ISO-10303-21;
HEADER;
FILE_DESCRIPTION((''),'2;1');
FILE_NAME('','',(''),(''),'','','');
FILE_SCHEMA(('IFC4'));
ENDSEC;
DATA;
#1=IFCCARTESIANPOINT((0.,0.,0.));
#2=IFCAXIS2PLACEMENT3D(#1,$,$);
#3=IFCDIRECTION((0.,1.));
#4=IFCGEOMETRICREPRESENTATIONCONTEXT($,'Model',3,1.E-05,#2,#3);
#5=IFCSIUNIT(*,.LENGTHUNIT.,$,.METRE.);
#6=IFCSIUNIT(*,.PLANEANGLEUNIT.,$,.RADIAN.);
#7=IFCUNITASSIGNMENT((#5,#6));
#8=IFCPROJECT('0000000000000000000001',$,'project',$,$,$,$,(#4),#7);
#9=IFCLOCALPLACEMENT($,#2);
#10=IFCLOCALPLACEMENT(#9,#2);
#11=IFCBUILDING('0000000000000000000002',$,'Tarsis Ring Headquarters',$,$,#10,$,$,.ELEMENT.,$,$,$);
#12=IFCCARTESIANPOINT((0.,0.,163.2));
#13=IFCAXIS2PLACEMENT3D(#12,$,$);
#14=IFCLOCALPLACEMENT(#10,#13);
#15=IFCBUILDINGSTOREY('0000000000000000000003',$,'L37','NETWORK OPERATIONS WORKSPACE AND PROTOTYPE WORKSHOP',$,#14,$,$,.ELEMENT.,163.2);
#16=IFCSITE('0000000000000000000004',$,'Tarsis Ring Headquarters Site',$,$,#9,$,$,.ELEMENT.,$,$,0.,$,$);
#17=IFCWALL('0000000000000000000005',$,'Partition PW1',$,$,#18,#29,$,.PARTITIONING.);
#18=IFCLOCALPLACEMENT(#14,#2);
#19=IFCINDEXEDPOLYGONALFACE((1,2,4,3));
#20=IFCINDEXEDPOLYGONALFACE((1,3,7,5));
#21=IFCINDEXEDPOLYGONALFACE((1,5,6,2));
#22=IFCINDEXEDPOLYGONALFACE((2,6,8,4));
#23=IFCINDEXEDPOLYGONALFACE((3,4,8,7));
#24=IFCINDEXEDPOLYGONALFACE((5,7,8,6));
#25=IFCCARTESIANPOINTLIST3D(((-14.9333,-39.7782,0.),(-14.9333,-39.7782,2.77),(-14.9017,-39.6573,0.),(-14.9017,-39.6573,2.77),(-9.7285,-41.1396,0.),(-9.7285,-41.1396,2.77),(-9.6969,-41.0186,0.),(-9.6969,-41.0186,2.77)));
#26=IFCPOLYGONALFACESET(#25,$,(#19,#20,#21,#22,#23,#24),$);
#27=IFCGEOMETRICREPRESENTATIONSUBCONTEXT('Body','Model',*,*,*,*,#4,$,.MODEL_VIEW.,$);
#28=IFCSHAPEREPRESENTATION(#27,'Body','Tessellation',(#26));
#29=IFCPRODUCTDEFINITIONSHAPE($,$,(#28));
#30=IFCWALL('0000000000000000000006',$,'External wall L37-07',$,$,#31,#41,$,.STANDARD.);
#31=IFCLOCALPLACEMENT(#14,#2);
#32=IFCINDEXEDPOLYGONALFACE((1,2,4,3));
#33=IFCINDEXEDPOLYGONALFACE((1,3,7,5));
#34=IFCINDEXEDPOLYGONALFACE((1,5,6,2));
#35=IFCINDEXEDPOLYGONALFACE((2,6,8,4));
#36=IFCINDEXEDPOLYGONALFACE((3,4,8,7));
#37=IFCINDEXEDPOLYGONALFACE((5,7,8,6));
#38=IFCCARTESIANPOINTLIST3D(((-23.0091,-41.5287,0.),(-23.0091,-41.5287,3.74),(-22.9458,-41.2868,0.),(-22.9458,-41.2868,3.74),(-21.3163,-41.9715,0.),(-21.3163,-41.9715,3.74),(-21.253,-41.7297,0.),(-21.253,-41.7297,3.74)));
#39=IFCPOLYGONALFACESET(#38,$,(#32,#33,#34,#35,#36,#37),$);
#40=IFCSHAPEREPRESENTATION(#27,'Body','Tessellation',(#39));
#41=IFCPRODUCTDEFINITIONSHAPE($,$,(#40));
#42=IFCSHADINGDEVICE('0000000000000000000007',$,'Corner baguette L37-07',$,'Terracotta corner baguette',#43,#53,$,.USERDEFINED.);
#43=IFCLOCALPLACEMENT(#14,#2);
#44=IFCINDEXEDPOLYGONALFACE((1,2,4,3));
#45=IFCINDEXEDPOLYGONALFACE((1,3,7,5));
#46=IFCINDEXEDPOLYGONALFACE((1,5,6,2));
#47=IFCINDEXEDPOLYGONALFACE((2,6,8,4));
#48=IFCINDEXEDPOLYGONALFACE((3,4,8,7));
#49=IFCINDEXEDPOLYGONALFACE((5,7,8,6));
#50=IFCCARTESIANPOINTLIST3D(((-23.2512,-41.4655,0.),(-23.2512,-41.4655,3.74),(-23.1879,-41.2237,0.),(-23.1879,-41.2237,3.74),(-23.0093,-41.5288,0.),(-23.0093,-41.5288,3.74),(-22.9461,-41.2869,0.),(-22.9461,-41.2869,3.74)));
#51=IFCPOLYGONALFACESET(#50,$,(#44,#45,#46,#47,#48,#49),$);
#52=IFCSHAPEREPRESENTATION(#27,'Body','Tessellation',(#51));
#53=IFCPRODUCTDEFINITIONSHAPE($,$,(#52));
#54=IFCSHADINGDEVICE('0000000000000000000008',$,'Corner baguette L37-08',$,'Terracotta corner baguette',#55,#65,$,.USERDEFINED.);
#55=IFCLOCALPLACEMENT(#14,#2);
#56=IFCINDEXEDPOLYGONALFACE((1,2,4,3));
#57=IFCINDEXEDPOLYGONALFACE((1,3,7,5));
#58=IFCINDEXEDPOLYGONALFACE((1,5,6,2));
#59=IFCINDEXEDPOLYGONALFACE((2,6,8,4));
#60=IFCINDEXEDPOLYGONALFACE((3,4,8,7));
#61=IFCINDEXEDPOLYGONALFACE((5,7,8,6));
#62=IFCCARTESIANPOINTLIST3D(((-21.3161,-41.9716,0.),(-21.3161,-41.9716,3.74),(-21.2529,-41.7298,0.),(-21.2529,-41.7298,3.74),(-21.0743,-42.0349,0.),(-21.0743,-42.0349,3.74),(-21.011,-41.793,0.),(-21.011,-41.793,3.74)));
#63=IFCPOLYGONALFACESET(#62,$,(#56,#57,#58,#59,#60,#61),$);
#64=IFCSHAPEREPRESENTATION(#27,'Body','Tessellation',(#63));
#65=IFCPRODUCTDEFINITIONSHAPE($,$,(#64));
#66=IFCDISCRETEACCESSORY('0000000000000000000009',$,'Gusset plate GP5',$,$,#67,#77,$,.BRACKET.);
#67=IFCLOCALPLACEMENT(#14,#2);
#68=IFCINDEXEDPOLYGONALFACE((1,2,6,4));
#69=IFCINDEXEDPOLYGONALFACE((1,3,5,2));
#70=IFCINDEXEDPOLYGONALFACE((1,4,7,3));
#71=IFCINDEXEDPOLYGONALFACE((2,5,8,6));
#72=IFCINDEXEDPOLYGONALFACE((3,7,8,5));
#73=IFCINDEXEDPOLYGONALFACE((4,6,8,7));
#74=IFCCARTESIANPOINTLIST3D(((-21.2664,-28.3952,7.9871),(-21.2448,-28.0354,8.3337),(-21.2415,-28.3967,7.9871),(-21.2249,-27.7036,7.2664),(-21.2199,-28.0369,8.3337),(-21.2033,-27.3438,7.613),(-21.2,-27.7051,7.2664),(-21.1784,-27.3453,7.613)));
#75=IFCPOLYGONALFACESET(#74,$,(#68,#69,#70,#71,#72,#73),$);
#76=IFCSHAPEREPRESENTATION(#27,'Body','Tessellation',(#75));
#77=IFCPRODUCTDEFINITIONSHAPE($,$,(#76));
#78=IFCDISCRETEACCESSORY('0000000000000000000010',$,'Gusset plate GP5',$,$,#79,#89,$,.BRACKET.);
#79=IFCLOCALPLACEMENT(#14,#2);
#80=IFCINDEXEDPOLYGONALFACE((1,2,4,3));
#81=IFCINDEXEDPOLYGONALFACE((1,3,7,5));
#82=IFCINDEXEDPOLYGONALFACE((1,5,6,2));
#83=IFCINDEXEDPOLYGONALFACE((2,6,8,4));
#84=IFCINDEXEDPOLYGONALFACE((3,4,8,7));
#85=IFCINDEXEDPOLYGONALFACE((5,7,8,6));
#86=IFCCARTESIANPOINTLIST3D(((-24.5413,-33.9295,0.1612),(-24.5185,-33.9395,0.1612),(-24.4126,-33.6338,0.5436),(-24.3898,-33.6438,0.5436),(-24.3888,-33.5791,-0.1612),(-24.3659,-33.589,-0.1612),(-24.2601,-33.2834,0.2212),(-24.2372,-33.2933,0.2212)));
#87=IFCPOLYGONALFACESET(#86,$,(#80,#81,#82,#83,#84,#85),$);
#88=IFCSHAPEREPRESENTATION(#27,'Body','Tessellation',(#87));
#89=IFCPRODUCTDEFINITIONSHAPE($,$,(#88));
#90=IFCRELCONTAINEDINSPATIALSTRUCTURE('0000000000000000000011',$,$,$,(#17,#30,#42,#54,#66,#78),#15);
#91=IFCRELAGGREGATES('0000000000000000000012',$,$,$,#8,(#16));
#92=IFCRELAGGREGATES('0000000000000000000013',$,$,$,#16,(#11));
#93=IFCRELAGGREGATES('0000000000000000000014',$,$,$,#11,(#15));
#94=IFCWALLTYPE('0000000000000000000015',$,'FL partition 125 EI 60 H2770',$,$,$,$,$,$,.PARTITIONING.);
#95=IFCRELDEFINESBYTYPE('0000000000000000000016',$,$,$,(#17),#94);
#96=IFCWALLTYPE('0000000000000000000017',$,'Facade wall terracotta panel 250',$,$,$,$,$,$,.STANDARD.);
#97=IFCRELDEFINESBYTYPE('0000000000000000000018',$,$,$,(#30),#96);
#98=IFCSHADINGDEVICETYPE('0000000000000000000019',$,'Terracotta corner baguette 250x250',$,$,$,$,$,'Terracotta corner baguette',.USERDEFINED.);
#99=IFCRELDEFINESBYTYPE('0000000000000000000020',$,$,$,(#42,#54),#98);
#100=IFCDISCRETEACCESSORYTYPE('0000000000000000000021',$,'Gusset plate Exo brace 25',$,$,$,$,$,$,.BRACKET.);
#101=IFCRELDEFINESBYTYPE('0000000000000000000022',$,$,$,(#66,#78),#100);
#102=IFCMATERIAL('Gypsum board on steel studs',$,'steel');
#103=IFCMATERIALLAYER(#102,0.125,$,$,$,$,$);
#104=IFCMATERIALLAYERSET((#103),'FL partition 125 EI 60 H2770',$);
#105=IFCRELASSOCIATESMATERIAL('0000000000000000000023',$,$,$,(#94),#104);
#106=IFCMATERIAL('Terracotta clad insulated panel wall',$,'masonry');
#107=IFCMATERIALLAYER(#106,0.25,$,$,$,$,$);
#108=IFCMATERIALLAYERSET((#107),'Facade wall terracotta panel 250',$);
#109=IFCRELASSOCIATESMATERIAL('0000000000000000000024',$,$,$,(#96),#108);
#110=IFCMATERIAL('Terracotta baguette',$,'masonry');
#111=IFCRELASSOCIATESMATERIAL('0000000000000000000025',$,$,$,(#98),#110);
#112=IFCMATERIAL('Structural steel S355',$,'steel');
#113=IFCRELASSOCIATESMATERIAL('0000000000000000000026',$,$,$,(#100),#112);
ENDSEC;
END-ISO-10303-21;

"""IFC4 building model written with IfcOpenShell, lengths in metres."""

from ifc_helpers import new_model, si_unit, direction, frame, frame_2d, origin, origin_2d, place, context, subcontext, project, spatial, rectangle, extrude, material, layer, layer_set, material_profile, profile_set, type_object, element, save


model = new_model("IFC4")

# Units and contexts
model_context = context("Model", 3, precision=1e-05, world=origin(), true_north=direction((0.0, 1.0)))
body_context = subcontext(model_context, "Body", "Model", "MODEL_VIEW")
ifc_project = project(units=[si_unit("LENGTHUNIT", "METRE"), si_unit("PLANEANGLEUNIT", "RADIAN")], contexts=[model_context])

# Site, building, storey
site_placement = place(None, origin())
site = spatial("IfcSite", under=ifc_project, at=site_placement, Name="Tarsis Ring Headquarters Site", CompositionType="ELEMENT", RefElevation=0.0)
building_placement = place(site_placement, origin())
building = spatial("IfcBuilding", under=site, at=building_placement, Name="Tarsis Ring Headquarters", CompositionType="ELEMENT")
storey_placement = place(building_placement, frame((0.0, 0.0, 163.2)))
storey = spatial("IfcBuildingStorey", under=building, at=storey_placement, Name="L37", Description="NETWORK OPERATIONS WORKSPACE AND PROTOTYPE WORKSHOP", CompositionType="ELEMENT", Elevation=163.2)

# Shared definitions
ifc_material_1 = material(Name="Structural steel S355", Category="steel")

# Shared definitions
ifc_material_2 = material(Name="Gypsum board on steel studs", Category="steel")
ifc_layer_1 = layer(ifc_material_2, 0.125)
ifc_layer_set_1 = layer_set([ifc_layer_1], Name="FL partition 125 EI 60 H2770")
wall_type_1 = type_object("IfcWallType", Name="FL partition 125 EI 60 H2770", PredefinedType="PARTITIONING", material=ifc_layer_set_1)

# Walls
wall_1_placement = place(storey_placement, frame((-14.9175, -39.7178, 0.0), z_axis=(0.0, 0.0, 1.0), x_axis=(0.967456, -0.253039, 0.0)))
element("IfcWall", 1, at=wall_1_placement, inside=storey, type_object=wall_type_1, Name="Partition PW1", PredefinedType="PARTITIONING", context=body_context, shape_type="SweptSolid", body=[
    extrude(rectangle(XDim=5.3799, YDim=0.125, at=frame_2d((2.6899, 0.0))), origin(), (0.0, 0.0, 1.0), 2.77),
])
ifc_material_3 = material(Name="Terracotta clad insulated panel wall", Category="masonry")
ifc_layer_2 = layer(ifc_material_3, 0.25)
ifc_layer_set_2 = layer_set([ifc_layer_2], Name="Facade wall terracotta panel 250")
wall_type_2 = type_object("IfcWallType", Name="Facade wall terracotta panel 250", PredefinedType="STANDARD", material=ifc_layer_set_2)
wall_2_placement = place(storey_placement, frame((-22.9775, -41.4077, 0.0), z_axis=(0.0, 0.0, 1.0), x_axis=(0.967442, -0.253092, 0.0)))
element("IfcWall", 2, at=wall_2_placement, inside=storey, type_object=wall_type_2, Name="External wall L37-07", PredefinedType="STANDARD", context=body_context, shape_type="SweptSolid", body=[
    extrude(rectangle(XDim=1.7498, YDim=0.25, at=frame_2d((0.875, 0.0))), origin(), (0.0, 0.0, 1.0), 3.74),
])

# Shading devices
ifc_material_4 = material(Name="Terracotta baguette", Category="masonry")
shading_device_type_1 = type_object("IfcShadingDeviceType", Name="Terracotta corner baguette 250x250", ElementType="Terracotta corner baguette", PredefinedType="USERDEFINED", material=ifc_material_4)
for number, where, z_axis, x_axis, name in (
    (3, (-23.0986, -41.3762, 0.0), (0.0, 0.0, 1.0), (-0.253083, -0.967445, 0.0), "Corner baguette L37-07"),
    (4, (-21.1636, -41.8823, 0.0), (0.0, 0.0, 1.0), (0.967445, -0.253082, 0.0), "Corner baguette L37-08"),
):
    element("IfcShadingDevice", number, at=place(storey_placement, frame(where, z_axis=z_axis, x_axis=x_axis)), inside=storey, type_object=shading_device_type_1, Name=name, ObjectType="Terracotta corner baguette", PredefinedType="USERDEFINED", context=body_context, shape_type="SweptSolid", body=[
        extrude(rectangle(XDim=0.25, YDim=0.25, at=origin_2d()), origin(), (0.0, 0.0, 1.0), 3.74),
    ])

# Discrete accessories
ifc_material_profile_1 = material_profile(ifc_material_1, rectangle(XDim=0.0249, YDim=0.5, at=origin_2d()), Name="PL 25x500")
ifc_profile_set_1 = profile_set([ifc_material_profile_1], Name="Structural steel S355")
discrete_accessory_type = type_object("IfcDiscreteAccessoryType", Name="Gusset plate Exo brace 25", PredefinedType="BRACKET", material=ifc_profile_set_1)
discrete_accessory_1_placement = place(storey_placement, frame((-21.2017, -27.5244, 7.4397), z_axis=(-0.041514, -0.691818, 0.720878), x_axis=(0.998204, -0.059899, 0.0)))
element("IfcDiscreteAccessory", 5, at=discrete_accessory_1_placement, inside=storey, type_object=discrete_accessory_type, Name="Gusset plate GP5", PredefinedType="BRACKET", context=body_context, shape_type="SweptSolid", body=[
    extrude(rectangle(XDim=0.0249, YDim=0.5, at=origin_2d()), origin(), (0.0, 0.0, 1.0), 0.9998),
])
discrete_accessory_2_placement = place(storey_placement, frame((-24.4536, -33.7593, 0.0), z_axis=(0.257254, 0.591146, 0.764439), x_axis=(-0.916938, 0.399031, 0.0)))
element("IfcDiscreteAccessory", 6, at=discrete_accessory_2_placement, inside=storey, type_object=discrete_accessory_type, Name="Gusset plate GP5", PredefinedType="BRACKET", context=body_context, shape_type="SweptSolid", body=[
    extrude(rectangle(XDim=0.0249, YDim=0.5, at=origin_2d()), origin(), (0.0, 0.0, 1.0), 0.5002),
])

save(model, "model.ifc")
